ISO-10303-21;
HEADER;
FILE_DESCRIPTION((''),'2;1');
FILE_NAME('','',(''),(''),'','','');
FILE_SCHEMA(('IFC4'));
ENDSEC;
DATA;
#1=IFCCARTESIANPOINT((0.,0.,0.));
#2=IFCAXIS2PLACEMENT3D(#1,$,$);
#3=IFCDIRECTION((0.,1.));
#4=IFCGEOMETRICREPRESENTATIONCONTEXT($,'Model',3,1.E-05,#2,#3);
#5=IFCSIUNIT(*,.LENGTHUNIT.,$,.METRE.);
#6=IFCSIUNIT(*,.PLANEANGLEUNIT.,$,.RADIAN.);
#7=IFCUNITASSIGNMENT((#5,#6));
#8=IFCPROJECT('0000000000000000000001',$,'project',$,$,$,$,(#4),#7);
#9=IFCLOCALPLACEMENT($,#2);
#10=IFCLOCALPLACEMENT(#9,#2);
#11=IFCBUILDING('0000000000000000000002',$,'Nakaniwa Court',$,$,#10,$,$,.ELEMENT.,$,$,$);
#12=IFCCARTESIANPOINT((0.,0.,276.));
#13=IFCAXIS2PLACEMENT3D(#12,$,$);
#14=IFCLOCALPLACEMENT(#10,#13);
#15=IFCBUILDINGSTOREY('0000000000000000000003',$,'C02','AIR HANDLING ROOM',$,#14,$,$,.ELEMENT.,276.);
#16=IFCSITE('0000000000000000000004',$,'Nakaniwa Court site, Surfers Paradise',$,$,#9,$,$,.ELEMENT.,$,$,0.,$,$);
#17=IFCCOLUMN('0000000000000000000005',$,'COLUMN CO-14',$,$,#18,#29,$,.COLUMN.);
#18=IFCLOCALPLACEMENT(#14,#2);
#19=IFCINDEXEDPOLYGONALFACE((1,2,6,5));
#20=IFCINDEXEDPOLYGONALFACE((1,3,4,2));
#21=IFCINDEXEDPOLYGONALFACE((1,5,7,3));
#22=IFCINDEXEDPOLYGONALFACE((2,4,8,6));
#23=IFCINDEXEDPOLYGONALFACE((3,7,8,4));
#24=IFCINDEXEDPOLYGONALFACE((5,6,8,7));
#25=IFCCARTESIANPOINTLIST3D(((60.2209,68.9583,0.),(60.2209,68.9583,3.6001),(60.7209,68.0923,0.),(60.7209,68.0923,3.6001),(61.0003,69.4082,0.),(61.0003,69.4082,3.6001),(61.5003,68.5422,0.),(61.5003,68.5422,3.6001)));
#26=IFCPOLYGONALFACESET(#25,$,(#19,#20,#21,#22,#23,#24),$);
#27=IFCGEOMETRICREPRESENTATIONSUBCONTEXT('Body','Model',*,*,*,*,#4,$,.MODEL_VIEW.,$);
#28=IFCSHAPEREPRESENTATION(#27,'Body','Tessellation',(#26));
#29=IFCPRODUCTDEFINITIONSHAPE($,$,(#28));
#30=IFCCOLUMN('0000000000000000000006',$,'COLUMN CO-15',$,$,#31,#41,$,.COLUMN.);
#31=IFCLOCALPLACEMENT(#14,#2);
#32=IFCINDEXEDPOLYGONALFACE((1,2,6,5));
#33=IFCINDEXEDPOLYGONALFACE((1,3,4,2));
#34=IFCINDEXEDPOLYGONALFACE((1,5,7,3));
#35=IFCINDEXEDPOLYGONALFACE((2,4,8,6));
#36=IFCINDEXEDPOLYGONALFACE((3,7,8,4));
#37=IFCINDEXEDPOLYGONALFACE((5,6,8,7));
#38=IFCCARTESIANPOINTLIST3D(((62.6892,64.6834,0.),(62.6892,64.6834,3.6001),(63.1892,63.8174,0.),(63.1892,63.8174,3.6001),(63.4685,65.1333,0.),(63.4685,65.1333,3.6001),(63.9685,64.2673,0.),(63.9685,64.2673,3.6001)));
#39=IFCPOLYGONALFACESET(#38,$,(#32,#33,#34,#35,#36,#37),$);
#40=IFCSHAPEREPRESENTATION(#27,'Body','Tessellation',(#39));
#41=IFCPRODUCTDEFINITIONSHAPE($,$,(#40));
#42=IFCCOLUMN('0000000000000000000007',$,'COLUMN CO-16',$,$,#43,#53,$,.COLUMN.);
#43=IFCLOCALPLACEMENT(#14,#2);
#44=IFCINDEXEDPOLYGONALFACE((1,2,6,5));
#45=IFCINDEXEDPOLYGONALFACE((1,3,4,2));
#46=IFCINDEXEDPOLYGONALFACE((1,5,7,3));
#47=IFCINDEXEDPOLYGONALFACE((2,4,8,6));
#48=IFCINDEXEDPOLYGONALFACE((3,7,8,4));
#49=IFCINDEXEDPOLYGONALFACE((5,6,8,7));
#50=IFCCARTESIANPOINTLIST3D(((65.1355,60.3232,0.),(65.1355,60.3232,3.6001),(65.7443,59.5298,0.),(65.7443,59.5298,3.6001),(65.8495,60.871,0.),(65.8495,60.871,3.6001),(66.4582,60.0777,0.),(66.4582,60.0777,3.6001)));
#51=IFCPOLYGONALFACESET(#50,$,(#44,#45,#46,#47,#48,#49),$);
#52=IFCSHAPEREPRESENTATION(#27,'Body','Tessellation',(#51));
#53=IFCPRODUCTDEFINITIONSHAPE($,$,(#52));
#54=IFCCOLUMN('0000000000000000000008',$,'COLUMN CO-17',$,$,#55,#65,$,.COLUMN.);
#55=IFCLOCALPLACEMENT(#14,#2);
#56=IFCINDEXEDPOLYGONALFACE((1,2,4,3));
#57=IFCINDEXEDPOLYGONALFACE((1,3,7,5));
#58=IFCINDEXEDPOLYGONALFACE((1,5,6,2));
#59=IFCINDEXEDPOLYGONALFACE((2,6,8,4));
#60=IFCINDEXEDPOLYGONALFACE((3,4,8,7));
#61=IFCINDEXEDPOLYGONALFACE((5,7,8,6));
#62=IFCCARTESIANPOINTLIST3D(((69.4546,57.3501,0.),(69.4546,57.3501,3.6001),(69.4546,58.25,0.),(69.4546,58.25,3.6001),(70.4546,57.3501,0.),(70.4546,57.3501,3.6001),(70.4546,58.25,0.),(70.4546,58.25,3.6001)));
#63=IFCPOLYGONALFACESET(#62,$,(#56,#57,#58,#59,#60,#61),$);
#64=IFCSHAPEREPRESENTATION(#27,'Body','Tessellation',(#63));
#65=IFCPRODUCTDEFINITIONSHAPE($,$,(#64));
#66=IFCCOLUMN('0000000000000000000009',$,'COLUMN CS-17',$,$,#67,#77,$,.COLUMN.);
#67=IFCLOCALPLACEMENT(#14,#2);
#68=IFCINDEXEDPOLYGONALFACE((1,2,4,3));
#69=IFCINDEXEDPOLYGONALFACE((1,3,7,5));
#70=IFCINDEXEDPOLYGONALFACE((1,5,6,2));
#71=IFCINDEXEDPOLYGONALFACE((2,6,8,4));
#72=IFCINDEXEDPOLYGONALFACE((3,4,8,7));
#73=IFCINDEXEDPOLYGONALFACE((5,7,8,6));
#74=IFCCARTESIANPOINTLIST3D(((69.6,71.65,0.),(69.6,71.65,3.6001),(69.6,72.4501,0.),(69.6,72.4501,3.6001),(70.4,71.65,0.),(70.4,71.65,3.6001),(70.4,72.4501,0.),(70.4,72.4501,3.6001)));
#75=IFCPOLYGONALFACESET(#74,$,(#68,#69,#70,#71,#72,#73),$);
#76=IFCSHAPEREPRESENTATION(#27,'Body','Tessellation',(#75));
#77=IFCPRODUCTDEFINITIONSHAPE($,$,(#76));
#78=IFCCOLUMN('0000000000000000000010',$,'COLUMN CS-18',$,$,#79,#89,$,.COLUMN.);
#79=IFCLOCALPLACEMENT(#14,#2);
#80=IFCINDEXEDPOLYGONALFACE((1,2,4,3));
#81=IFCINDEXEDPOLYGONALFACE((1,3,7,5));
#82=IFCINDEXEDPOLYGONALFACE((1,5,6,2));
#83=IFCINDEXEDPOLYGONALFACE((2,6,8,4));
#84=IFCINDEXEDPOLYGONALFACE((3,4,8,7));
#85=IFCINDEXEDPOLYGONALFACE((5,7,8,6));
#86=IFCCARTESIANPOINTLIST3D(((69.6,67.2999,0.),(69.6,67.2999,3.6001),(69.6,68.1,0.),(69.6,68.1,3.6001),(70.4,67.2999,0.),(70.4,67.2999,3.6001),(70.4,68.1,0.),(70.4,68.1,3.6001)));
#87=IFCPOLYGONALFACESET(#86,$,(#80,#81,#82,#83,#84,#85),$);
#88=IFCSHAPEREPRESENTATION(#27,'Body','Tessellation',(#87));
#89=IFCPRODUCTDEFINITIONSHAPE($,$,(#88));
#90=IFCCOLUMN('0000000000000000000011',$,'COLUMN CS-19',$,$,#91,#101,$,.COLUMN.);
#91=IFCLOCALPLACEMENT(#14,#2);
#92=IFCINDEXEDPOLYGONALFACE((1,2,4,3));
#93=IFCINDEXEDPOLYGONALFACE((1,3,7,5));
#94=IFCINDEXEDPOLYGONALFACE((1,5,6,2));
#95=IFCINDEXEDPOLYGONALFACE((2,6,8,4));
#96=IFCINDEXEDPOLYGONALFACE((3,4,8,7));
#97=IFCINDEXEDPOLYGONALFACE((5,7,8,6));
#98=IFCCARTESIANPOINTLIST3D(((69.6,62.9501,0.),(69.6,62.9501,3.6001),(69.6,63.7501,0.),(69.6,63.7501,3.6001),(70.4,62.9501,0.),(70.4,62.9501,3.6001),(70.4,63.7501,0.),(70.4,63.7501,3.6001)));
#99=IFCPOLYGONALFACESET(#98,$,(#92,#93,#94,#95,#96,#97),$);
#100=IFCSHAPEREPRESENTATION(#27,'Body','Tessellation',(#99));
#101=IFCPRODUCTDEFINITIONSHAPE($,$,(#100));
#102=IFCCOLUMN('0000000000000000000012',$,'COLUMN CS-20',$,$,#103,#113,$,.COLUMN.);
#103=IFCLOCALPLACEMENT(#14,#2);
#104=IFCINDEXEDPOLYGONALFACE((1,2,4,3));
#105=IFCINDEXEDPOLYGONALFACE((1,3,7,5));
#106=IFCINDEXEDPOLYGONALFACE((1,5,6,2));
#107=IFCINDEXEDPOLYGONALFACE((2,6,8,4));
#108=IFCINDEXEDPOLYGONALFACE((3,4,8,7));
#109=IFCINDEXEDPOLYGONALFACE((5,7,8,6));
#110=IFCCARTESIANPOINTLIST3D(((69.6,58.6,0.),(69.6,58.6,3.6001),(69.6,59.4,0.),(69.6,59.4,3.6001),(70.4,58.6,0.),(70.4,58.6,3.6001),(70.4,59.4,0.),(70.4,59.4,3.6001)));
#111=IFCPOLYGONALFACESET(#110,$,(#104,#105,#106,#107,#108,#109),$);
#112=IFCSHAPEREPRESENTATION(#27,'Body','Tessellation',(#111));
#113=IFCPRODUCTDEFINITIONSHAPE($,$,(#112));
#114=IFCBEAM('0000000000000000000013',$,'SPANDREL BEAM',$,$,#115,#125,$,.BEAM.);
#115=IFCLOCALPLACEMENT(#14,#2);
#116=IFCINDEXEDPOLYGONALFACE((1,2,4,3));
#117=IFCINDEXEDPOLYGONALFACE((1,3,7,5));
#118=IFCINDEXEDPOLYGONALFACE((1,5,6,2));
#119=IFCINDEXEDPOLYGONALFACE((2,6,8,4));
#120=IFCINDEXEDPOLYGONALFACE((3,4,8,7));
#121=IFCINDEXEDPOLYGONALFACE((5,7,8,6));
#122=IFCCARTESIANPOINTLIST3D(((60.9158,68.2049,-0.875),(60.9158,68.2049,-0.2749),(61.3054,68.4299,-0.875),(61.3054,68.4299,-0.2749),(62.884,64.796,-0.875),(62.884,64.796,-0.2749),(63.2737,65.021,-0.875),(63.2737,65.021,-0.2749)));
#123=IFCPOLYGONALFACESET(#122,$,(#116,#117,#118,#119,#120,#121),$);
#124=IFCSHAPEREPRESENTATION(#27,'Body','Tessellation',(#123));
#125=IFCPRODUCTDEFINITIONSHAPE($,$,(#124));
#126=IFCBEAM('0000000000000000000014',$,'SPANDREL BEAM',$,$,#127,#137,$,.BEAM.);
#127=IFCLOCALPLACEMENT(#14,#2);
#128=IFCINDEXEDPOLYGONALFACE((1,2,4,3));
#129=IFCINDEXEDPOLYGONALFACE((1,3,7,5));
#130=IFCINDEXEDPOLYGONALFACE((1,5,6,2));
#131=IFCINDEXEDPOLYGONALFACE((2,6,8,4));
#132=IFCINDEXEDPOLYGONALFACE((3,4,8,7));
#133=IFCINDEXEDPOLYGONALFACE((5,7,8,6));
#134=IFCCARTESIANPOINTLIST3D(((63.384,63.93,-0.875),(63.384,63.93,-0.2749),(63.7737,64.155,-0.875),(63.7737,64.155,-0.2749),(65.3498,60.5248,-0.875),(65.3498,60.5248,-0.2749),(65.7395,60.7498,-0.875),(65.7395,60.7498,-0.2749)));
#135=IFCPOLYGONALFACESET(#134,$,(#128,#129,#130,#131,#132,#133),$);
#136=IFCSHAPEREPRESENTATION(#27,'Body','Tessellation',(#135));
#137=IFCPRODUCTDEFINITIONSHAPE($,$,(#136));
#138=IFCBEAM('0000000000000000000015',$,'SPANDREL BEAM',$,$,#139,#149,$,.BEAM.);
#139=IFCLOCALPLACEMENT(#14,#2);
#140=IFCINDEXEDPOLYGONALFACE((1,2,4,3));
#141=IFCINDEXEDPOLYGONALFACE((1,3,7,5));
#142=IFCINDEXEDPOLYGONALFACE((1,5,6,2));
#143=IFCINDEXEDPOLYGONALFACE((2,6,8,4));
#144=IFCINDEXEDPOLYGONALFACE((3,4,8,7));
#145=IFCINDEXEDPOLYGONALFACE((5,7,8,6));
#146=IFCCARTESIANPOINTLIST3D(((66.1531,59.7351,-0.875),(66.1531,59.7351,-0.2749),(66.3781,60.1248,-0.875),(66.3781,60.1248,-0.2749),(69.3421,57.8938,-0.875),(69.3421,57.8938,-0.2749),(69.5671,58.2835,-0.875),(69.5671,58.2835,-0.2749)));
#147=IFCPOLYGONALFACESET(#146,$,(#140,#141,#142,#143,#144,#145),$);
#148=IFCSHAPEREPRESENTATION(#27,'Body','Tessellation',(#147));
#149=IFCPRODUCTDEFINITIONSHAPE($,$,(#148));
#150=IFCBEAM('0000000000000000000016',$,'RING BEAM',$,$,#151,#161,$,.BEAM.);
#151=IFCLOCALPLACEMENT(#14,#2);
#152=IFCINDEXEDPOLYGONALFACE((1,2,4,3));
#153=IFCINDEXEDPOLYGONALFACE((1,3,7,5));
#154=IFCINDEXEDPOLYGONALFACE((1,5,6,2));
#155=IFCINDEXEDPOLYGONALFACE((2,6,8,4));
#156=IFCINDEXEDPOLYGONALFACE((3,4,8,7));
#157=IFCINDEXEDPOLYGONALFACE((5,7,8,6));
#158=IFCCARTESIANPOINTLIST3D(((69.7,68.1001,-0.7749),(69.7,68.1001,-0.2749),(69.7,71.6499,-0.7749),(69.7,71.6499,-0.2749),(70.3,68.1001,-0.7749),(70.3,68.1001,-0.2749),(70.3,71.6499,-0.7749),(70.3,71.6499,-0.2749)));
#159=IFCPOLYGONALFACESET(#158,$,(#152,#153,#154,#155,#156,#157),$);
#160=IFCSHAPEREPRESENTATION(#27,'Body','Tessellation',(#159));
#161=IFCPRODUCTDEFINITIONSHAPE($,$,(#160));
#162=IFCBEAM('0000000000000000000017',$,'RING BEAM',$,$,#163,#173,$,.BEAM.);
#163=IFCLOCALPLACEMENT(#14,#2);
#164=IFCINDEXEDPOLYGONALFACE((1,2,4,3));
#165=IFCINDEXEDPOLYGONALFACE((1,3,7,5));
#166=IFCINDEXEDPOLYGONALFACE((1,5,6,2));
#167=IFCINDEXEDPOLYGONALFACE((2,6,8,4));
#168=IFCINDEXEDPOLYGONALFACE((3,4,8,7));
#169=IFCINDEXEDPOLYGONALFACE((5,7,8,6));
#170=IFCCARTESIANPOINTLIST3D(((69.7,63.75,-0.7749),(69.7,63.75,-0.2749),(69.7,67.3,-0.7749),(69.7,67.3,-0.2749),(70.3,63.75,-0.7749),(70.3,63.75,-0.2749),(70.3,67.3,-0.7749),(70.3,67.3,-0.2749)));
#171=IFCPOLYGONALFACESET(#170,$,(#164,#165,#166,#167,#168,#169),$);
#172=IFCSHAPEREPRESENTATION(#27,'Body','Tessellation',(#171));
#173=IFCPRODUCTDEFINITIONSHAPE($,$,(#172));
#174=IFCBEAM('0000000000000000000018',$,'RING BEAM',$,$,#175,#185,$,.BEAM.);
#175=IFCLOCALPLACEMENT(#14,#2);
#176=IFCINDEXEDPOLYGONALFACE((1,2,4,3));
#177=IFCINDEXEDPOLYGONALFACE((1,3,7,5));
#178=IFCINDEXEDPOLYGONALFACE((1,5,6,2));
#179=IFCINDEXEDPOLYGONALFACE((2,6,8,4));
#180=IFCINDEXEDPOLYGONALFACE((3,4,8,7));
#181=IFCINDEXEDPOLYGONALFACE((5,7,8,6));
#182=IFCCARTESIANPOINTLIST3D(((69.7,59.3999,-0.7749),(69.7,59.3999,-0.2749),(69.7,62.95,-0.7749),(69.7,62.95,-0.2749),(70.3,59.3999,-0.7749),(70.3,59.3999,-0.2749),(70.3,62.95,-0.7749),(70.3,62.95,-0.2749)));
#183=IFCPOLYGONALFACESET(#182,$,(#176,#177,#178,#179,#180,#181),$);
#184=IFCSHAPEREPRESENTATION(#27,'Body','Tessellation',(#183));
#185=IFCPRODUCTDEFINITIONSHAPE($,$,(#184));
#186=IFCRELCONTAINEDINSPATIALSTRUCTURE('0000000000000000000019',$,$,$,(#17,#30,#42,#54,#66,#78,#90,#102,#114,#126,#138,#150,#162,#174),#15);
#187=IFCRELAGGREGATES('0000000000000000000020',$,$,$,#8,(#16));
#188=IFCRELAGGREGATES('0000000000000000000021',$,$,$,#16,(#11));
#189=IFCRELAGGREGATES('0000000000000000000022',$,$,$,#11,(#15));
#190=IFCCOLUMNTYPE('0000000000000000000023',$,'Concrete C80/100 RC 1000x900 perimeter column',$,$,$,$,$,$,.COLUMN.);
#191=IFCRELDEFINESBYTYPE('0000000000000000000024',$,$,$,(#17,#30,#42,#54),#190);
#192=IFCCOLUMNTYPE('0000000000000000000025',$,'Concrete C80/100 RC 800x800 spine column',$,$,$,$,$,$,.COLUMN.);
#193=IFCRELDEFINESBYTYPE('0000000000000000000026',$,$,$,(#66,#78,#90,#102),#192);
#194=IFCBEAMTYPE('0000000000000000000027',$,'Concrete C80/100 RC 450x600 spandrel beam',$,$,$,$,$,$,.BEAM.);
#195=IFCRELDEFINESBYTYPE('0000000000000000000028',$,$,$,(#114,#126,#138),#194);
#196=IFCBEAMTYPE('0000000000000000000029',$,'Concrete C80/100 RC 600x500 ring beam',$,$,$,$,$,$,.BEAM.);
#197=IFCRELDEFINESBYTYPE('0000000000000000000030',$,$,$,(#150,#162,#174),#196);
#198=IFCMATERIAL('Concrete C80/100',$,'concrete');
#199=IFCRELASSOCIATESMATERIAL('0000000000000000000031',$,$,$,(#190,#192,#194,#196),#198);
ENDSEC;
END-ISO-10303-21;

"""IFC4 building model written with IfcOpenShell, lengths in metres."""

from ifc_helpers import new_model, si_unit, direction, frame, origin, origin_2d, place, context, subcontext, project, spatial, rectangle, extrude, material, material_profile, profile_set, type_object, element, save


model = new_model("IFC4")

# Units and contexts
model_context = context("Model", 3, precision=1e-05, world=origin(), true_north=direction((0.0, 1.0)))
body_context = subcontext(model_context, "Body", "Model", "MODEL_VIEW")
ifc_project = project(units=[si_unit("LENGTHUNIT", "METRE"), si_unit("PLANEANGLEUNIT", "RADIAN")], contexts=[model_context])

# Site, building, storey
site_placement = place(None, origin())
site = spatial("IfcSite", under=ifc_project, at=site_placement, Name="Nakaniwa Court site, Surfers Paradise", CompositionType="ELEMENT", RefElevation=0.0)
building_placement = place(site_placement, origin())
building = spatial("IfcBuilding", under=site, at=building_placement, Name="Nakaniwa Court", CompositionType="ELEMENT")
storey_placement = place(building_placement, frame((0.0, 0.0, 276.0)))
storey = spatial("IfcBuildingStorey", under=building, at=storey_placement, Name="C02", Description="AIR HANDLING ROOM", CompositionType="ELEMENT", Elevation=276.0)

# Columns
ifc_material_1 = material(Name="Concrete C80/100", Category="concrete")
ifc_material_profile_1 = material_profile(ifc_material_1, rectangle(XDim=1.0, YDim=0.8999, at=origin_2d()), Name="Concrete C80/100 RC 1000x900 perimeter column")
ifc_profile_set_1 = profile_set([ifc_material_profile_1], Name="Concrete C80/100")
column_type_1 = type_object("IfcColumnType", Name="Concrete C80/100 RC 1000x900 perimeter column", PredefinedType="COLUMN", material=ifc_profile_set_1)
for number, where, z_axis, x_axis, name in (
    (1, (60.8606, 68.7502, 0.0), (0.0, 0.0, 1.0), (0.5, -0.866025, 0.0), "COLUMN CO-14"),
    (2, (63.3289, 64.4753, 0.0), (0.0, 0.0, 1.0), (0.5, -0.866025, 0.0), "COLUMN CO-15"),
    (3, (65.7969, 60.2004, 0.0), (0.0, 0.0, 1.0), (0.608761, -0.793353, 0.0), "COLUMN CO-16"),
    (4, (69.9546, 57.8, 0.0), (0.0, 0.0, 1.0), (1.0, 0.0, 0.0), "COLUMN CO-17"),
):
    element("IfcColumn", number, at=place(storey_placement, frame(where, z_axis=z_axis, x_axis=x_axis)), inside=storey, type_object=column_type_1, Name=name, PredefinedType="COLUMN", context=body_context, shape_type="SweptSolid", body=[
        extrude(rectangle(XDim=1.0, YDim=0.8999, at=origin_2d()), origin(), (0.0, 0.0, 1.0), 3.6001),
    ])
ifc_material_profile_2 = material_profile(ifc_material_1, rectangle(XDim=0.8, YDim=0.8, at=origin_2d()), Name="Concrete C80/100 RC 800x800 spine column")
ifc_profile_set_2 = profile_set([ifc_material_profile_2], Name="Concrete C80/100")
column_type_2 = type_object("IfcColumnType", Name="Concrete C80/100 RC 800x800 spine column", PredefinedType="COLUMN", material=ifc_profile_set_2)
for number, where, z_axis, x_axis, name in (
    (5, (70.0, 72.05, 0.0), (0.0, 0.0, 1.0), (0.0, -1.0, 0.0), "COLUMN CS-17"),
    (6, (70.0, 67.7, 0.0), (0.0, 0.0, 1.0), (0.0, -1.0, 0.0), "COLUMN CS-18"),
    (7, (70.0, 63.3501, 0.0), (0.0, 0.0, 1.0), (0.0, -1.0, 0.0), "COLUMN CS-19"),
    (8, (70.0, 59.0, 0.0), (0.0, 0.0, 1.0), (0.0, -1.0, 0.0), "COLUMN CS-20"),
):
    element("IfcColumn", number, at=place(storey_placement, frame(where, z_axis=z_axis, x_axis=x_axis)), inside=storey, type_object=column_type_2, Name=name, PredefinedType="COLUMN", context=body_context, shape_type="SweptSolid", body=[
        extrude(rectangle(XDim=0.8, YDim=0.8, at=origin_2d()), origin(), (0.0, 0.0, 1.0), 3.6001),
    ])

# Beams
ifc_material_profile_3 = material_profile(ifc_material_1, rectangle(XDim=0.45, YDim=0.6001, at=origin_2d()), Name="Concrete C80/100 RC 450x600 spandrel beam")
ifc_profile_set_3 = profile_set([ifc_material_profile_3], Name="Concrete C80/100")
beam_type_1 = type_object("IfcBeamType", Name="Concrete C80/100 RC 450x600 spandrel beam", PredefinedType="BEAM", material=ifc_profile_set_3)
beam_1_placement = place(storey_placement, frame((61.1106, 68.3174, -0.575), z_axis=(0.500021, -0.866013, 0.0), x_axis=(0.866013, 0.500021, 0.0)))
element("IfcBeam", 9, at=beam_1_placement, inside=storey, type_object=beam_type_1, Name="SPANDREL BEAM", PredefinedType="BEAM", context=body_context, shape_type="SweptSolid", body=[
    extrude(rectangle(XDim=0.45, YDim=0.6001, at=origin_2d()), origin(), (0.0, 0.0, 1.0), 3.9363),
])
beam_2_placement = place(storey_placement, frame((63.5789, 64.0425, -0.575), z_axis=(0.499959, -0.866049, 0.0), x_axis=(0.866049, 0.499959, 0.0)))
element("IfcBeam", 10, at=beam_2_placement, inside=storey, type_object=beam_type_1, Name="SPANDREL BEAM", PredefinedType="BEAM", context=body_context, shape_type="SweptSolid", body=[
    extrude(rectangle(XDim=0.45, YDim=0.6001, at=origin_2d()), origin(), (0.0, 0.0, 1.0), 3.9319),
])
beam_3_placement = place(storey_placement, frame((66.2656, 59.9299, -0.575), z_axis=(0.866007, -0.500032, 0.0), x_axis=(0.500032, 0.866007, 0.0)))
element("IfcBeam", 11, at=beam_3_placement, inside=storey, type_object=beam_type_1, Name="SPANDREL BEAM", PredefinedType="BEAM", context=body_context, shape_type="SweptSolid", body=[
    extrude(rectangle(XDim=0.45, YDim=0.6001, at=origin_2d()), origin(), (0.0, 0.0, 1.0), 3.6824),
])
ifc_material_profile_4 = material_profile(ifc_material_1, rectangle(XDim=0.6001, YDim=0.5, at=origin_2d()), Name="Concrete C80/100 RC 600x500 ring beam")
ifc_profile_set_4 = profile_set([ifc_material_profile_4], Name="Concrete C80/100")
beam_type_2 = type_object("IfcBeamType", Name="Concrete C80/100 RC 600x500 ring beam", PredefinedType="BEAM", material=ifc_profile_set_4)
beam_4_placement = place(storey_placement, frame((70.0, 71.6499, -0.5249), z_axis=(0.0, -1.0, 0.0), x_axis=(1.0, 0.0, 0.0)))
element("IfcBeam", 12, at=beam_4_placement, inside=storey, type_object=beam_type_2, Name="RING BEAM", PredefinedType="BEAM", context=body_context, shape_type="SweptSolid", body=[
    extrude(rectangle(XDim=0.6001, YDim=0.5, at=origin_2d()), origin(), (0.0, 0.0, 1.0), 3.5498),
])
for number, where, z_axis, x_axis, name in (
    (13, (70.0, 67.3, -0.5249), (0.0, -1.0, 0.0), (1.0, 0.0, 0.0), "RING BEAM"),
    (14, (70.0, 62.95, -0.5249), (0.0, -1.0, 0.0), (1.0, 0.0, 0.0), "RING BEAM"),
):
    element("IfcBeam", number, at=place(storey_placement, frame(where, z_axis=z_axis, x_axis=x_axis)), inside=storey, type_object=beam_type_2, Name=name, PredefinedType="BEAM", context=body_context, shape_type="SweptSolid", body=[
        extrude(rectangle(XDim=0.6001, YDim=0.5, at=origin_2d()), origin(), (0.0, 0.0, 1.0), 3.55),
    ])

save(model, "model.ifc")
